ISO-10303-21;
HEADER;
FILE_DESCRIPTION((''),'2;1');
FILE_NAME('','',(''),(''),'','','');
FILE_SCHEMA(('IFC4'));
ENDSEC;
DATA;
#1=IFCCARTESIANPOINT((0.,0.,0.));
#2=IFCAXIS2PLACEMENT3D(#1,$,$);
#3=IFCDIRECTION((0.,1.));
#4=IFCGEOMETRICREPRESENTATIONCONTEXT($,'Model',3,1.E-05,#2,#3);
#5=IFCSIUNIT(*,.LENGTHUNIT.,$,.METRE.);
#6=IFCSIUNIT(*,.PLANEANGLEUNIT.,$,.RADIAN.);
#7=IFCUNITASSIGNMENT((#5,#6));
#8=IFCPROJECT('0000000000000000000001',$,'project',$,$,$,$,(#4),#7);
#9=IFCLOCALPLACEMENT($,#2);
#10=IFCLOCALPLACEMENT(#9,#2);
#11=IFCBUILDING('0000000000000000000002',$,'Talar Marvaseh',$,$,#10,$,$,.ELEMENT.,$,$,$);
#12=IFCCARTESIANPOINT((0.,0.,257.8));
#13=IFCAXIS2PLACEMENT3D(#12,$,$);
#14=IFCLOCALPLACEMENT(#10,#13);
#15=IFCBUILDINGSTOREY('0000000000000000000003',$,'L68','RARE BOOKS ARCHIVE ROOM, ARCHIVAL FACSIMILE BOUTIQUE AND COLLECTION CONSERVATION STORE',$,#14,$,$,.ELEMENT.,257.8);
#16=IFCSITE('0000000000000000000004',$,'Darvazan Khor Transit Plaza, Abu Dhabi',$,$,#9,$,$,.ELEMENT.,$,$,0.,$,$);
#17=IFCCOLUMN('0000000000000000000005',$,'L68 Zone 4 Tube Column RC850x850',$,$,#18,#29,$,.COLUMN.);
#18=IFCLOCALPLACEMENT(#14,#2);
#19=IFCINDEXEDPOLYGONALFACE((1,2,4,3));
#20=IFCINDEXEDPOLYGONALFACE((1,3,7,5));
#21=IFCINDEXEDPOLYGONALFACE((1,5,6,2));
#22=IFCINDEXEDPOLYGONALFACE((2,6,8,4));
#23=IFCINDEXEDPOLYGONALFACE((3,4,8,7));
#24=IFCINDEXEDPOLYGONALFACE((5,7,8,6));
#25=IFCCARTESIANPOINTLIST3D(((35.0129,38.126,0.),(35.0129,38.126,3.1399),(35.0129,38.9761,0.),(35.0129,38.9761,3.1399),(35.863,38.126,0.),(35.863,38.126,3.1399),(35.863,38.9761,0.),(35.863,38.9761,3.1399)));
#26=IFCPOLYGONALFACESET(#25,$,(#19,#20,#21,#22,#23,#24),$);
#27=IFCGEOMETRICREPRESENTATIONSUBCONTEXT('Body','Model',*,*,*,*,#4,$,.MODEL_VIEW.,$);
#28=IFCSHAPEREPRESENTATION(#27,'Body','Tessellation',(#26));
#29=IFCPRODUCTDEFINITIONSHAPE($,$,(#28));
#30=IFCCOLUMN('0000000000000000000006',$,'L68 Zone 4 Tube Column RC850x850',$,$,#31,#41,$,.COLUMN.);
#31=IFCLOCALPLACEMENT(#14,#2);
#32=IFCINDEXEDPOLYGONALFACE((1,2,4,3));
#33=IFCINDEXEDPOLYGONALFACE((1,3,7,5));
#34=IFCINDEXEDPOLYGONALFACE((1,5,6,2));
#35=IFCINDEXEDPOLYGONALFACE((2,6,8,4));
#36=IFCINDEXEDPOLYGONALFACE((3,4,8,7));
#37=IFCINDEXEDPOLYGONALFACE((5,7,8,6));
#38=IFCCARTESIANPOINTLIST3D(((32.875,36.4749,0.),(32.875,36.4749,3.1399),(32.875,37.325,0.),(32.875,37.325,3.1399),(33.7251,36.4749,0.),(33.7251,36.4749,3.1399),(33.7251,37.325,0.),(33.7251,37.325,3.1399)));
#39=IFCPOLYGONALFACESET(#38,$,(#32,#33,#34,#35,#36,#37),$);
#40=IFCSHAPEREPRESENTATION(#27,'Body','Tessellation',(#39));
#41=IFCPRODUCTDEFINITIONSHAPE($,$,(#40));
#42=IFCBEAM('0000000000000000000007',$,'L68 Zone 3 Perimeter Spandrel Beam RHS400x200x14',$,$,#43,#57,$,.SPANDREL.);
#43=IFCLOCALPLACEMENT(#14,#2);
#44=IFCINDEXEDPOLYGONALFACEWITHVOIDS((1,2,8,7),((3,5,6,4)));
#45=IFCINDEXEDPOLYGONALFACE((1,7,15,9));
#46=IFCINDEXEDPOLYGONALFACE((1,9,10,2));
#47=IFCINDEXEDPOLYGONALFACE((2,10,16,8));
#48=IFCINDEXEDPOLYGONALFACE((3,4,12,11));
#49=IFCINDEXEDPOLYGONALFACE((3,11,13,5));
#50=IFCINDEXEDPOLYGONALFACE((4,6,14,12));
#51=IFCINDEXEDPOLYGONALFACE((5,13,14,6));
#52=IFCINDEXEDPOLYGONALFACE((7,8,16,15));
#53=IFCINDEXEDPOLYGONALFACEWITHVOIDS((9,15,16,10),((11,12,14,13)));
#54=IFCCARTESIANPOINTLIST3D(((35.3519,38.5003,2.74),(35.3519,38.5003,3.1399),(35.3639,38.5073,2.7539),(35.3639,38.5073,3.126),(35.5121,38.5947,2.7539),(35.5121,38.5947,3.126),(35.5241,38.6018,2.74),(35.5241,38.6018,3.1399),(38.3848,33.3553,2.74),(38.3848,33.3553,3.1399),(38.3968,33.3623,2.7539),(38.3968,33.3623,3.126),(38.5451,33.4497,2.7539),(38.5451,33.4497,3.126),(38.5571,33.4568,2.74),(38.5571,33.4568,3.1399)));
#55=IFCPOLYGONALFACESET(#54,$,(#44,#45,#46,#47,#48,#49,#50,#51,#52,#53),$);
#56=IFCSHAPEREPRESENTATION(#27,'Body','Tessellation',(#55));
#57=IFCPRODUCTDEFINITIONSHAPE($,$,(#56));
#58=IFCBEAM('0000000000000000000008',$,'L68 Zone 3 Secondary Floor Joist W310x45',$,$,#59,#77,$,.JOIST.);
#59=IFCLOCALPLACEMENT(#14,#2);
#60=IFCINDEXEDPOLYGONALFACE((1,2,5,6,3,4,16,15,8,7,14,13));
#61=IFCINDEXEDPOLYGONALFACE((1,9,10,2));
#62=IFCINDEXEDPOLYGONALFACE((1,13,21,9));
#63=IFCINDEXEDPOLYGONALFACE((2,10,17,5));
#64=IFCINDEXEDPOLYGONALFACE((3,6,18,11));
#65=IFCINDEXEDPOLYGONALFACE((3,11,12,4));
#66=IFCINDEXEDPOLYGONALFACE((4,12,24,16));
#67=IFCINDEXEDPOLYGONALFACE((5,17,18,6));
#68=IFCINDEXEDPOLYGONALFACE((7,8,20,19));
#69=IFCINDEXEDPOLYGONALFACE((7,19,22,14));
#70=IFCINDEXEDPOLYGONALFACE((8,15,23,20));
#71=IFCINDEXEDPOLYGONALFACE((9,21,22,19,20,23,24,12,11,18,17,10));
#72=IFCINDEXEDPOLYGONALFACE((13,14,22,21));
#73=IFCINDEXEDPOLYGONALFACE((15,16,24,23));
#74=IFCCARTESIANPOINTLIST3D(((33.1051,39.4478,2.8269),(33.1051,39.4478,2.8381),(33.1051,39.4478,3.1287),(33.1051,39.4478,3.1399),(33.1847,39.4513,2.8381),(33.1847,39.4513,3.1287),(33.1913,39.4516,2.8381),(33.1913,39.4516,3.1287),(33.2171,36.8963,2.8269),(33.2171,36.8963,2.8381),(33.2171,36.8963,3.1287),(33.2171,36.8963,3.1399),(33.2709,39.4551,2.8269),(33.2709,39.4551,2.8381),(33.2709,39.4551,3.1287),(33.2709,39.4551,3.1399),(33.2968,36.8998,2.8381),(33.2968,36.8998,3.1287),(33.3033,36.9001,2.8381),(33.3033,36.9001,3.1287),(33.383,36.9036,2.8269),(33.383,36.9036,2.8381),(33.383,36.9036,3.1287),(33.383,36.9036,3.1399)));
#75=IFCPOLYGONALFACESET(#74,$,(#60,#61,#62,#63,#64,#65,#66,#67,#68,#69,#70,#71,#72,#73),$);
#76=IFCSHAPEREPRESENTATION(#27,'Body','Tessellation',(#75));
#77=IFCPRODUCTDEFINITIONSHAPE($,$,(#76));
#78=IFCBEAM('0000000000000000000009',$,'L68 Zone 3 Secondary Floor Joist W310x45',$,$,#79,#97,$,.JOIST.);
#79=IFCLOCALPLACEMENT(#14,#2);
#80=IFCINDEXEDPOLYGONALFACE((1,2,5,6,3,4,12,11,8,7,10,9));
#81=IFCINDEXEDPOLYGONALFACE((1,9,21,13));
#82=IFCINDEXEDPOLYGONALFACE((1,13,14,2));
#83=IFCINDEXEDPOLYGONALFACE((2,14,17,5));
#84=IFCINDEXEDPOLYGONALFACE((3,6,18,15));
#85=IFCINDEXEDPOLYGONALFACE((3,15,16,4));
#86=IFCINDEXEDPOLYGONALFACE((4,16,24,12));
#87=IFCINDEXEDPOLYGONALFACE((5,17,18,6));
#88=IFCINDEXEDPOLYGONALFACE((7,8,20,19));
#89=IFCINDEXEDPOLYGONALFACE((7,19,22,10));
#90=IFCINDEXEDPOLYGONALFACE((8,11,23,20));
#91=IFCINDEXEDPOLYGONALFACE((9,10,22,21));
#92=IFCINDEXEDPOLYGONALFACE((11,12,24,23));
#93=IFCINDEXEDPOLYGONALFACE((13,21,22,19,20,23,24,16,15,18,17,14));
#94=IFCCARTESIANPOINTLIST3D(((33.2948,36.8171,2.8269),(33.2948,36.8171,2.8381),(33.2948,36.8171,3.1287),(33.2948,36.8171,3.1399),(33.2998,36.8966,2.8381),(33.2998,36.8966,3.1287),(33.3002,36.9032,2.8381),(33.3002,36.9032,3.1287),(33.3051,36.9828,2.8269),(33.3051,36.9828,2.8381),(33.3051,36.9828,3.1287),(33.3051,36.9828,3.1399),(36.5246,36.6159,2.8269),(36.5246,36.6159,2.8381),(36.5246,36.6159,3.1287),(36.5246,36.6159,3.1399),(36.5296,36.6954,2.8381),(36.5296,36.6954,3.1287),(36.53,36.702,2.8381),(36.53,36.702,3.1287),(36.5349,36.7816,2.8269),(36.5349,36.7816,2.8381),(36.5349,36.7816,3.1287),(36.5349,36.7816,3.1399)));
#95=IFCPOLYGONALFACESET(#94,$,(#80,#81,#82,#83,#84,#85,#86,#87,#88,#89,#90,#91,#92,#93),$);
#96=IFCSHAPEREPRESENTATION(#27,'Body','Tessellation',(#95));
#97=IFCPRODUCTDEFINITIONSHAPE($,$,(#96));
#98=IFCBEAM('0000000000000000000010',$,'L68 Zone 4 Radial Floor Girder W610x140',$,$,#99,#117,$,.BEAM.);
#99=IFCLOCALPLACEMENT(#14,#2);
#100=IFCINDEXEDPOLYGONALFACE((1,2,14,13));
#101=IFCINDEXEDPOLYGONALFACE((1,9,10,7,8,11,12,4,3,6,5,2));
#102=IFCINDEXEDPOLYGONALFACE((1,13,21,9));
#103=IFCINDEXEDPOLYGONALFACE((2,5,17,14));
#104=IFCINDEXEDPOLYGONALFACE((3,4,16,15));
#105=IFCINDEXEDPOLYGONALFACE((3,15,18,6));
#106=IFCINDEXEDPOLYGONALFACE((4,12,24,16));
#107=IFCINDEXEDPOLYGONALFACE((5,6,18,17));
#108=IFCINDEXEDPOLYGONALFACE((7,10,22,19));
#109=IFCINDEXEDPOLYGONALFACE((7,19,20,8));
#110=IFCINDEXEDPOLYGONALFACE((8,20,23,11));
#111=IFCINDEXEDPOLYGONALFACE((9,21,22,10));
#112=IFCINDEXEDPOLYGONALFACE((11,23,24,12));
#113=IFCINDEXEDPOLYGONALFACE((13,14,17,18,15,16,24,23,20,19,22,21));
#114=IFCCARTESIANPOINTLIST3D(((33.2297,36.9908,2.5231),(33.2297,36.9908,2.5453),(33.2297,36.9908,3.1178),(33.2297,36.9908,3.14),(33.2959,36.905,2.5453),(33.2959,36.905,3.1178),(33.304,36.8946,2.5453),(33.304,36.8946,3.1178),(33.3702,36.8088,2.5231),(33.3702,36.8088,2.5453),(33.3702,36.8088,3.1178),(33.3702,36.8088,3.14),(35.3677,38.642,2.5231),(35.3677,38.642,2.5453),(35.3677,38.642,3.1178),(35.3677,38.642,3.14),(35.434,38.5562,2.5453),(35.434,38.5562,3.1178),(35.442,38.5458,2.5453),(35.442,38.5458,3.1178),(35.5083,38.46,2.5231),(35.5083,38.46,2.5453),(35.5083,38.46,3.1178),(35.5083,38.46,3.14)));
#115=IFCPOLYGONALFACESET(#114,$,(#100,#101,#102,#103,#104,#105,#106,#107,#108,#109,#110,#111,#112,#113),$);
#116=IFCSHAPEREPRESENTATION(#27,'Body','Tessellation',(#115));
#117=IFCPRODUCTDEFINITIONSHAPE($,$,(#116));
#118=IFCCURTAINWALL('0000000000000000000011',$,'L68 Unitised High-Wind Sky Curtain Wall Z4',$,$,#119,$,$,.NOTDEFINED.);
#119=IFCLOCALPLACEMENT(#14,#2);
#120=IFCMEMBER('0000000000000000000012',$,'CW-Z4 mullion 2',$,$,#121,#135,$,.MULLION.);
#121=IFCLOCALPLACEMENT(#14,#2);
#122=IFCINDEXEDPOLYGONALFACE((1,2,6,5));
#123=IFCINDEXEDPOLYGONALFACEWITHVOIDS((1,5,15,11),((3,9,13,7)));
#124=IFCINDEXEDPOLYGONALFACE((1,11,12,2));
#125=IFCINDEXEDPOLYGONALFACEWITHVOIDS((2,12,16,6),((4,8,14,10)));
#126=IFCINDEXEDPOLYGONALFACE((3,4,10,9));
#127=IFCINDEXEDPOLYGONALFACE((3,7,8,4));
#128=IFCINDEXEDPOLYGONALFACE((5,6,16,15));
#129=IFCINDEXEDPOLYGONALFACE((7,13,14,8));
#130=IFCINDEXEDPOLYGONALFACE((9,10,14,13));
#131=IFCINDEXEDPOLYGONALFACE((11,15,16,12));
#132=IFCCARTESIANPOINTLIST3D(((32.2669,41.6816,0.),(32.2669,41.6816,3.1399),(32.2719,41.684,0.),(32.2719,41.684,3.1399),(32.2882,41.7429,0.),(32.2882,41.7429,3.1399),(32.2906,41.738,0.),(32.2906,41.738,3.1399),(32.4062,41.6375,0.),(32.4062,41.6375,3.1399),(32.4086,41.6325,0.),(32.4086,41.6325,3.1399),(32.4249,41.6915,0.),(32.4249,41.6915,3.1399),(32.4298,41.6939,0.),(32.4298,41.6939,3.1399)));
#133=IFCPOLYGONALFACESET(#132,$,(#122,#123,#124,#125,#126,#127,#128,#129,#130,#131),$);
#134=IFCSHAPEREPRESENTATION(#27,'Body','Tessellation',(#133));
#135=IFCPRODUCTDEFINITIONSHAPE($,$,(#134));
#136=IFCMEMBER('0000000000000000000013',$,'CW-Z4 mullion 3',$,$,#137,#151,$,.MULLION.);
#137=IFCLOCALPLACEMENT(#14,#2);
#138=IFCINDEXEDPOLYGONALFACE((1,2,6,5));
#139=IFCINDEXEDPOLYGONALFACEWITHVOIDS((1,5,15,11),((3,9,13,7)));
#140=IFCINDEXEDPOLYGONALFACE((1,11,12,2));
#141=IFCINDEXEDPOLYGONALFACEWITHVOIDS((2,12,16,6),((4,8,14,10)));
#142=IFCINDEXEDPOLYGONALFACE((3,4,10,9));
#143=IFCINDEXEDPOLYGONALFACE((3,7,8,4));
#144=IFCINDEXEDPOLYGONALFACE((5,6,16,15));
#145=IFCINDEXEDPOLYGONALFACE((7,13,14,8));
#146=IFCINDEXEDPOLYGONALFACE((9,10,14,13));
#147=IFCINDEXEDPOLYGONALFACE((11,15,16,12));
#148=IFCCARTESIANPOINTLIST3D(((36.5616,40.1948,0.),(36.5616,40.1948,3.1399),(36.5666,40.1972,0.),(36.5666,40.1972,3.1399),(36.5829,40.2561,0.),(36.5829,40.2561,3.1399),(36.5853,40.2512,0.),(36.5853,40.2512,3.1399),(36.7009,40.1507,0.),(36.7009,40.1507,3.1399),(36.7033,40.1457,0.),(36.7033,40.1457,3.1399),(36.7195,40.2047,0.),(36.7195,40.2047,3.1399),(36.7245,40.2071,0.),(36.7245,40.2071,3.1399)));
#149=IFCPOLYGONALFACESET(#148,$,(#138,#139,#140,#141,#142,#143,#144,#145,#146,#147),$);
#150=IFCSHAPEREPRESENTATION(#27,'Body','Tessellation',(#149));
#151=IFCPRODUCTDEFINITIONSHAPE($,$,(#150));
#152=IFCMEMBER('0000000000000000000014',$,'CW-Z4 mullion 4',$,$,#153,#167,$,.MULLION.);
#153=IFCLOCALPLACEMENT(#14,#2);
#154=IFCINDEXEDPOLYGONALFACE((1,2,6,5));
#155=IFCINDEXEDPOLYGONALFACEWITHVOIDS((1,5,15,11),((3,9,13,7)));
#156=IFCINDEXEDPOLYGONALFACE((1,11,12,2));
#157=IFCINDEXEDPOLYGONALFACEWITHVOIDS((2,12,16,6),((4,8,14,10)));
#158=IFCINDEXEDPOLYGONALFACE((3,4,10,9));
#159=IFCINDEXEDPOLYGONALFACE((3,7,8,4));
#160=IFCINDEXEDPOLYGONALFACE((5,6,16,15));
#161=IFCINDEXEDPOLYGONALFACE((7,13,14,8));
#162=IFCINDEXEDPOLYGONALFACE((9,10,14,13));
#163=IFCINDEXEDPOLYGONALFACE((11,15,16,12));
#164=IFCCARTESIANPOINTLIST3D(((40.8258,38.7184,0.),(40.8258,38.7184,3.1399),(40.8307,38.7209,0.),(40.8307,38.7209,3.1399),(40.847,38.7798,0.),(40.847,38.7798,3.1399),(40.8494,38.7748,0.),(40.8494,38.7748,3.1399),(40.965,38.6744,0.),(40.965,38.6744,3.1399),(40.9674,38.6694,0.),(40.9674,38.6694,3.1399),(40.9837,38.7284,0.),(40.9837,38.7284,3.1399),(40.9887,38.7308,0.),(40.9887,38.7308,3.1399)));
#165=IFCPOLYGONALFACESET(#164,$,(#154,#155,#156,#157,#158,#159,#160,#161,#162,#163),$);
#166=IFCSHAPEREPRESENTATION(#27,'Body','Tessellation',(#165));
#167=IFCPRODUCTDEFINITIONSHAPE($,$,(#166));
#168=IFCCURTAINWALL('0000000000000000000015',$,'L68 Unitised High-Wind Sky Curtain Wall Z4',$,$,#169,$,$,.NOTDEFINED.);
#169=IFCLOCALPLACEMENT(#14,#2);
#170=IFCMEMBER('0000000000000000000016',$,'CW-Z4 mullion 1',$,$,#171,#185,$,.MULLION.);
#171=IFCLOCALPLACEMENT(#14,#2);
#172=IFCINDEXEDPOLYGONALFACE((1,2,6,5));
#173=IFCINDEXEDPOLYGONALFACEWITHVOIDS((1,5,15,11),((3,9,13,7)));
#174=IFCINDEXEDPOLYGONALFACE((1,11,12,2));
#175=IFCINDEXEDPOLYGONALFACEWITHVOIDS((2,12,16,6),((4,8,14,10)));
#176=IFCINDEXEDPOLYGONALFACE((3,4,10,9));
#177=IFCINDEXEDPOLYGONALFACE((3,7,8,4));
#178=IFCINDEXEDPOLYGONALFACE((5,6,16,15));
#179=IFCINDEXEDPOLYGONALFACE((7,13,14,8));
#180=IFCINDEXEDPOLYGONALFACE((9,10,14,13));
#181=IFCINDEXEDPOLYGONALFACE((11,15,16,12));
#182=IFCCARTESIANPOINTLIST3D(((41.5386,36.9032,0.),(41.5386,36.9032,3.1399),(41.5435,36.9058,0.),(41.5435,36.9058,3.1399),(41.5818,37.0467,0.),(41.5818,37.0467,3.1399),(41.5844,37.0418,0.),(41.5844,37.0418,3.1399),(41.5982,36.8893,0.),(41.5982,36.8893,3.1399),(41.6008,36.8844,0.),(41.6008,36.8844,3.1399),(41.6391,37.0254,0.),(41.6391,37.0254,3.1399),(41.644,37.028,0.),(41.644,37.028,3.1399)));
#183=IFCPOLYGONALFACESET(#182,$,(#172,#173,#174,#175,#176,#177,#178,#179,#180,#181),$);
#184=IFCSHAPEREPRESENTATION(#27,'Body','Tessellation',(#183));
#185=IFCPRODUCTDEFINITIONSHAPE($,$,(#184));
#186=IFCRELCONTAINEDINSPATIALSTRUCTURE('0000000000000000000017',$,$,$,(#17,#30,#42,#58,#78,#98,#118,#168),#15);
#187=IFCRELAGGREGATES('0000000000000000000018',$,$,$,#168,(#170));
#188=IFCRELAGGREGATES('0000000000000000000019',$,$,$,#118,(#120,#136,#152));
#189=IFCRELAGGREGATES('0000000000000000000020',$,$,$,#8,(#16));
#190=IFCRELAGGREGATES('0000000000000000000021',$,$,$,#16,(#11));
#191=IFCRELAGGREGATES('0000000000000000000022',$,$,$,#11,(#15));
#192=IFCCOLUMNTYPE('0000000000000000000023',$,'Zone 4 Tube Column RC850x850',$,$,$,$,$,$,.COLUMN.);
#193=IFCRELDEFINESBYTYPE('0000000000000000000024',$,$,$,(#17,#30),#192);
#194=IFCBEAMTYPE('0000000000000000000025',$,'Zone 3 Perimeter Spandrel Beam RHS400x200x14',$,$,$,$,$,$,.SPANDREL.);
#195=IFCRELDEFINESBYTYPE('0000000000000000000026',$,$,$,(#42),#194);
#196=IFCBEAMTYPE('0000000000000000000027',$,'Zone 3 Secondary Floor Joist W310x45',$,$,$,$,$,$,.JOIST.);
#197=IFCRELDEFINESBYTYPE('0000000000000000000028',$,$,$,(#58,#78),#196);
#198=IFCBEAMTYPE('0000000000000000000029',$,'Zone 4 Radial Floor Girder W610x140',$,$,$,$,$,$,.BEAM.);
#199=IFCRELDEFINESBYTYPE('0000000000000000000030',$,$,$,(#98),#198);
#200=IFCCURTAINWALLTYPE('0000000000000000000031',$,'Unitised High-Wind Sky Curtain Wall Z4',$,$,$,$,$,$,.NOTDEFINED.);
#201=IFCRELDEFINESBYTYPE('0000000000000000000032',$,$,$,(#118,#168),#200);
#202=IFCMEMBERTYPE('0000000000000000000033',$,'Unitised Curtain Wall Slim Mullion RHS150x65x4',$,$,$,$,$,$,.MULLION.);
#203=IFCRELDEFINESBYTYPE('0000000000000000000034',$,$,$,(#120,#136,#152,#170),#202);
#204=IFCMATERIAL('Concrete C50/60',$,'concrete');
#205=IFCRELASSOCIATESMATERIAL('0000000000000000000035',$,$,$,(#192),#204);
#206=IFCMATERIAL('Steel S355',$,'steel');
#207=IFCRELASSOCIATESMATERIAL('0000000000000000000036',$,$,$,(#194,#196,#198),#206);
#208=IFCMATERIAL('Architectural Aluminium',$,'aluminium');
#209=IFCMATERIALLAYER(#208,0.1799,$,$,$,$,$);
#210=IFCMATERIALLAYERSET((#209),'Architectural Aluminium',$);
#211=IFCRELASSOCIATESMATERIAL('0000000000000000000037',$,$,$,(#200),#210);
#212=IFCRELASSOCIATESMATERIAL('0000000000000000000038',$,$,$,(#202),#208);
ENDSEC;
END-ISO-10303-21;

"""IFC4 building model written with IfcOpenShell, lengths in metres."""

from ifc_helpers import new_model, si_unit, direction, frame, origin, origin_2d, place, context, subcontext, project, spatial, rectangle, hollow_rectangle, i_section, extrude, source, transform, mapped, material, layer, layer_set, material_profile, profile_set, type_object, type_shapes, element, aggregate, save


model = new_model("IFC4")

# Units and contexts
model_context = context("Model", 3, precision=1e-05, world=origin(), true_north=direction((0.0, 1.0)))
body_context = subcontext(model_context, "Body", "Model", "MODEL_VIEW")
ifc_project = project(units=[si_unit("LENGTHUNIT", "METRE"), si_unit("PLANEANGLEUNIT", "RADIAN")], contexts=[model_context])

# Site, building, storey
site_placement = place(None, origin())
site = spatial("IfcSite", under=ifc_project, at=site_placement, Name="Darvazan Khor Transit Plaza, Abu Dhabi", CompositionType="ELEMENT", RefElevation=0.0)
building_placement = place(site_placement, origin())
building = spatial("IfcBuilding", under=site, at=building_placement, Name="Talar Marvaseh", CompositionType="ELEMENT")
storey_placement = place(building_placement, frame((0.0, 0.0, 257.8)))
storey = spatial("IfcBuildingStorey", under=building, at=storey_placement, Name="L68", Description="RARE BOOKS ARCHIVE ROOM, ARCHIVAL FACSIMILE BOUTIQUE AND COLLECTION CONSERVATION STORE", CompositionType="ELEMENT", Elevation=257.8)

# Columns
ifc_material_1 = material(Name="Concrete C50/60", Category="concrete")
ifc_material_profile_1 = material_profile(ifc_material_1, rectangle(XDim=0.8501, YDim=0.8501, at=origin_2d()), Name="RC850x850")
ifc_profile_set_1 = profile_set([ifc_material_profile_1], Name="Concrete C50/60")
column_type = type_object("IfcColumnType", Name="Zone 4 Tube Column RC850x850", PredefinedType="COLUMN", material=ifc_profile_set_1)
for number, where, z_axis, x_axis, name in (
    (1, (35.438, 38.551, 0.0), (0.0, 0.0, 1.0), (1.0, 0.0, 0.0), "L68 Zone 4 Tube Column RC850x850"),
    (2, (33.3, 36.8999, 0.0), (0.0, 0.0, 1.0), (1.0, 0.0, 0.0), "L68 Zone 4 Tube Column RC850x850"),
):
    element("IfcColumn", number, at=place(storey_placement, frame(where, z_axis=z_axis, x_axis=x_axis)), inside=storey, type_object=column_type, Name=name, PredefinedType="COLUMN", context=body_context, shape_type="SweptSolid", body=[
        extrude(rectangle(XDim=0.8501, YDim=0.8501, at=origin_2d()), origin(), (0.0, 0.0, 1.0), 3.1399),
    ])

# Beams
ifc_material_2 = material(Name="Steel S355", Category="steel")
ifc_material_profile_2 = material_profile(ifc_material_2, hollow_rectangle(XDim=0.2, YDim=0.3999, WallThickness=0.0139, at=origin_2d()), Name="RHS400x200x14")
ifc_profile_set_2 = profile_set([ifc_material_profile_2], Name="Steel S355")
beam_type_1 = type_object("IfcBeamType", Name="Zone 3 Perimeter Spandrel Beam RHS400x200x14", PredefinedType="SPANDREL", material=ifc_profile_set_2)
beam_1_placement = place(storey_placement, frame((35.438, 38.551, 2.9399), z_axis=(0.507826, -0.86146, 0.0), x_axis=(0.86146, 0.507826, 0.0)))
element("IfcBeam", 3, at=beam_1_placement, inside=storey, type_object=beam_type_1, Name="L68 Zone 3 Perimeter Spandrel Beam RHS400x200x14", PredefinedType="SPANDREL", context=body_context, shape_type="SweptSolid", body=[
    extrude(hollow_rectangle(XDim=0.2, YDim=0.3999, WallThickness=0.0139, at=origin_2d()), origin(), (0.0, 0.0, 1.0), 5.9724),
])
ifc_material_profile_3 = material_profile(ifc_material_2, i_section(OverallWidth=0.166, OverallDepth=0.313, WebThickness=0.0066, FlangeThickness=0.0112, at=origin_2d()), Name="W310x45")
ifc_profile_set_3 = profile_set([ifc_material_profile_3], Name="Steel S355")
beam_type_2 = type_object("IfcBeamType", Name="Zone 3 Secondary Floor Joist W310x45", PredefinedType="JOIST", material=ifc_profile_set_3)
beam_2_placement = place(storey_placement, frame((33.188, 39.4514, 2.9834), z_axis=(0.043877, -0.999037, 0.0), x_axis=(0.999037, 0.043877, 0.0)))
element("IfcBeam", 4, at=beam_2_placement, inside=storey, type_object=beam_type_2, Name="L68 Zone 3 Secondary Floor Joist W310x45", PredefinedType="JOIST", context=body_context, shape_type="SweptSolid", body=[
    extrude(i_section(OverallWidth=0.166, OverallDepth=0.313, WebThickness=0.0066, FlangeThickness=0.0112, at=origin_2d()), origin(), (0.0, 0.0, 1.0), 2.554),
])
beam_3_placement = place(storey_placement, frame((36.5298, 36.6987, 2.9834), z_axis=(-0.998066, 0.062167, 0.0), x_axis=(-0.062167, -0.998066, 0.0)))
element("IfcBeam", 5, at=beam_3_placement, inside=storey, type_object=beam_type_2, Name="L68 Zone 3 Secondary Floor Joist W310x45", PredefinedType="JOIST", context=body_context, shape_type="SweptSolid", body=[
    extrude(i_section(OverallWidth=0.166, OverallDepth=0.313, WebThickness=0.0066, FlangeThickness=0.0112, at=origin_2d()), origin(), (0.0, 0.0, 1.0), 3.2361),
])
ifc_material_profile_4 = material_profile(ifc_material_2, i_section(OverallWidth=0.23, OverallDepth=0.6169, WebThickness=0.0132, FlangeThickness=0.0222, at=origin_2d()), Name="W610x140")
ifc_profile_set_4 = profile_set([ifc_material_profile_4], Name="Steel S355")
beam_type_3 = type_object("IfcBeamType", Name="Zone 4 Radial Floor Girder W610x140", PredefinedType="BEAM", material=ifc_profile_set_4)
beam_4_placement = place(storey_placement, frame((35.438, 38.551, 2.8315), z_axis=(-0.79145, -0.611234, 0.0), x_axis=(0.611234, -0.79145, 0.0)))
element("IfcBeam", 6, at=beam_4_placement, inside=storey, type_object=beam_type_3, Name="L68 Zone 4 Radial Floor Girder W610x140", PredefinedType="BEAM", context=body_context, shape_type="SweptSolid", body=[
    extrude(i_section(OverallWidth=0.23, OverallDepth=0.6169, WebThickness=0.0132, FlangeThickness=0.0222, at=origin_2d()), origin(), (0.0, 0.0, 1.0), 2.7014),
])

# Curtain wall, members
ifc_material_3 = material(Name="Architectural Aluminium", Category="aluminium")
ifc_layer_1 = layer(ifc_material_3, 0.1799)
ifc_layer_set_1 = layer_set([ifc_layer_1], Name="Architectural Aluminium")
curtain_wall_type = type_object("IfcCurtainWallType", Name="Unitised High-Wind Sky Curtain Wall Z4", PredefinedType="NOTDEFINED", material=ifc_layer_set_1)
curtain_wall_1_placement = place(storey_placement, origin())
curtain_wall_1 = element("IfcCurtainWall", 7, at=curtain_wall_1_placement, inside=storey, type_object=curtain_wall_type, Name="L68 Unitised High-Wind Sky Curtain Wall Z4", PredefinedType="NOTDEFINED")
ifc_material_profile_5 = material_profile(ifc_material_3, hollow_rectangle(XDim=0.0649, YDim=0.1499, WallThickness=0.0039, at=origin_2d()), Name="RHS150x65x4")
ifc_profile_set_5 = profile_set([ifc_material_profile_5], Name="Architectural Aluminium")
member_type_1 = type_object("IfcMemberType", Name="Unitised Curtain Wall Slim Mullion RHS150x65x4", PredefinedType="MULLION", material=ifc_profile_set_5)
shared_shape_1 = source(origin(), body_context, "Body", "SweptSolid", [
    extrude(hollow_rectangle(XDim=0.0649, YDim=0.1499, WallThickness=0.0039, at=origin_2d()), origin(), (0.0, 0.0, 1.0), 3.1399),
])
type_shapes(member_type_1, [shared_shape_1])
member_1_placement = place(storey_placement, frame((32.3484, 41.6877, 0.0), z_axis=(0.0, 0.0, 1.0), x_axis=(0.327151, 0.944972, 0.0)))
member_1 = element("IfcMember", 8, at=member_1_placement, type_object=member_type_1, Name="CW-Z4 mullion 2", PredefinedType="MULLION", context=body_context, shape_type="MappedRepresentation", body=[
    mapped(shared_shape_1, transform((0.0, 0.0, 0.0), x_axis=(1.0, 0.0, 0.0), y_axis=(0.0, 1.0, 0.0), z_axis=(0.0, 0.0, 1.0), scale=1.0)),
])
member_2_placement = place(storey_placement, frame((36.6431, 40.2009, 0.0), z_axis=(0.0, 0.0, 1.0), x_axis=(0.327151, 0.944972, 0.0)))
member_2 = element("IfcMember", 9, at=member_2_placement, type_object=member_type_1, Name="CW-Z4 mullion 3", PredefinedType="MULLION", context=body_context, shape_type="MappedRepresentation", body=[
    mapped(shared_shape_1, transform((0.0, 0.0, 0.0), x_axis=(1.0, 0.0, 0.0), y_axis=(0.0, 1.0, 0.0), z_axis=(0.0, 0.0, 1.0), scale=1.0)),
])
member_3_placement = place(storey_placement, frame((40.9072, 38.7246, 0.0), z_axis=(0.0, 0.0, 1.0), x_axis=(0.327151, 0.944972, 0.0)))
member_3 = element("IfcMember", 10, at=member_3_placement, type_object=member_type_1, Name="CW-Z4 mullion 4", PredefinedType="MULLION", context=body_context, shape_type="MappedRepresentation", body=[
    mapped(shared_shape_1, transform((0.0, 0.0, 0.0), x_axis=(1.0, 0.0, 0.0), y_axis=(0.0, 1.0, 0.0), z_axis=(0.0, 0.0, 1.0), scale=1.0)),
])

# Curtain wall, member
curtain_wall_2_placement = place(storey_placement, origin())
curtain_wall_2 = element("IfcCurtainWall", 11, at=curtain_wall_2_placement, inside=storey, type_object=curtain_wall_type, Name="L68 Unitised High-Wind Sky Curtain Wall Z4", PredefinedType="NOTDEFINED")
member_4_placement = place(storey_placement, frame((41.5913, 36.9656, 0.0), z_axis=(0.0, 0.0, 1.0), x_axis=(0.957526, -0.288346, 0.0)))
member_4 = element("IfcMember", 12, at=member_4_placement, type_object=member_type_1, Name="CW-Z4 mullion 1", PredefinedType="MULLION", context=body_context, shape_type="MappedRepresentation", body=[
    mapped(shared_shape_1, transform((0.0, 0.0, 0.0), x_axis=(1.0, 0.0, 0.0), y_axis=(0.0, 1.0, 0.0), z_axis=(0.0, 0.0, 1.0), scale=1.0)),
])

aggregate(curtain_wall_2, [member_4])

aggregate(curtain_wall_1, [member_1, member_2, member_3])

save(model, "model.ifc")
